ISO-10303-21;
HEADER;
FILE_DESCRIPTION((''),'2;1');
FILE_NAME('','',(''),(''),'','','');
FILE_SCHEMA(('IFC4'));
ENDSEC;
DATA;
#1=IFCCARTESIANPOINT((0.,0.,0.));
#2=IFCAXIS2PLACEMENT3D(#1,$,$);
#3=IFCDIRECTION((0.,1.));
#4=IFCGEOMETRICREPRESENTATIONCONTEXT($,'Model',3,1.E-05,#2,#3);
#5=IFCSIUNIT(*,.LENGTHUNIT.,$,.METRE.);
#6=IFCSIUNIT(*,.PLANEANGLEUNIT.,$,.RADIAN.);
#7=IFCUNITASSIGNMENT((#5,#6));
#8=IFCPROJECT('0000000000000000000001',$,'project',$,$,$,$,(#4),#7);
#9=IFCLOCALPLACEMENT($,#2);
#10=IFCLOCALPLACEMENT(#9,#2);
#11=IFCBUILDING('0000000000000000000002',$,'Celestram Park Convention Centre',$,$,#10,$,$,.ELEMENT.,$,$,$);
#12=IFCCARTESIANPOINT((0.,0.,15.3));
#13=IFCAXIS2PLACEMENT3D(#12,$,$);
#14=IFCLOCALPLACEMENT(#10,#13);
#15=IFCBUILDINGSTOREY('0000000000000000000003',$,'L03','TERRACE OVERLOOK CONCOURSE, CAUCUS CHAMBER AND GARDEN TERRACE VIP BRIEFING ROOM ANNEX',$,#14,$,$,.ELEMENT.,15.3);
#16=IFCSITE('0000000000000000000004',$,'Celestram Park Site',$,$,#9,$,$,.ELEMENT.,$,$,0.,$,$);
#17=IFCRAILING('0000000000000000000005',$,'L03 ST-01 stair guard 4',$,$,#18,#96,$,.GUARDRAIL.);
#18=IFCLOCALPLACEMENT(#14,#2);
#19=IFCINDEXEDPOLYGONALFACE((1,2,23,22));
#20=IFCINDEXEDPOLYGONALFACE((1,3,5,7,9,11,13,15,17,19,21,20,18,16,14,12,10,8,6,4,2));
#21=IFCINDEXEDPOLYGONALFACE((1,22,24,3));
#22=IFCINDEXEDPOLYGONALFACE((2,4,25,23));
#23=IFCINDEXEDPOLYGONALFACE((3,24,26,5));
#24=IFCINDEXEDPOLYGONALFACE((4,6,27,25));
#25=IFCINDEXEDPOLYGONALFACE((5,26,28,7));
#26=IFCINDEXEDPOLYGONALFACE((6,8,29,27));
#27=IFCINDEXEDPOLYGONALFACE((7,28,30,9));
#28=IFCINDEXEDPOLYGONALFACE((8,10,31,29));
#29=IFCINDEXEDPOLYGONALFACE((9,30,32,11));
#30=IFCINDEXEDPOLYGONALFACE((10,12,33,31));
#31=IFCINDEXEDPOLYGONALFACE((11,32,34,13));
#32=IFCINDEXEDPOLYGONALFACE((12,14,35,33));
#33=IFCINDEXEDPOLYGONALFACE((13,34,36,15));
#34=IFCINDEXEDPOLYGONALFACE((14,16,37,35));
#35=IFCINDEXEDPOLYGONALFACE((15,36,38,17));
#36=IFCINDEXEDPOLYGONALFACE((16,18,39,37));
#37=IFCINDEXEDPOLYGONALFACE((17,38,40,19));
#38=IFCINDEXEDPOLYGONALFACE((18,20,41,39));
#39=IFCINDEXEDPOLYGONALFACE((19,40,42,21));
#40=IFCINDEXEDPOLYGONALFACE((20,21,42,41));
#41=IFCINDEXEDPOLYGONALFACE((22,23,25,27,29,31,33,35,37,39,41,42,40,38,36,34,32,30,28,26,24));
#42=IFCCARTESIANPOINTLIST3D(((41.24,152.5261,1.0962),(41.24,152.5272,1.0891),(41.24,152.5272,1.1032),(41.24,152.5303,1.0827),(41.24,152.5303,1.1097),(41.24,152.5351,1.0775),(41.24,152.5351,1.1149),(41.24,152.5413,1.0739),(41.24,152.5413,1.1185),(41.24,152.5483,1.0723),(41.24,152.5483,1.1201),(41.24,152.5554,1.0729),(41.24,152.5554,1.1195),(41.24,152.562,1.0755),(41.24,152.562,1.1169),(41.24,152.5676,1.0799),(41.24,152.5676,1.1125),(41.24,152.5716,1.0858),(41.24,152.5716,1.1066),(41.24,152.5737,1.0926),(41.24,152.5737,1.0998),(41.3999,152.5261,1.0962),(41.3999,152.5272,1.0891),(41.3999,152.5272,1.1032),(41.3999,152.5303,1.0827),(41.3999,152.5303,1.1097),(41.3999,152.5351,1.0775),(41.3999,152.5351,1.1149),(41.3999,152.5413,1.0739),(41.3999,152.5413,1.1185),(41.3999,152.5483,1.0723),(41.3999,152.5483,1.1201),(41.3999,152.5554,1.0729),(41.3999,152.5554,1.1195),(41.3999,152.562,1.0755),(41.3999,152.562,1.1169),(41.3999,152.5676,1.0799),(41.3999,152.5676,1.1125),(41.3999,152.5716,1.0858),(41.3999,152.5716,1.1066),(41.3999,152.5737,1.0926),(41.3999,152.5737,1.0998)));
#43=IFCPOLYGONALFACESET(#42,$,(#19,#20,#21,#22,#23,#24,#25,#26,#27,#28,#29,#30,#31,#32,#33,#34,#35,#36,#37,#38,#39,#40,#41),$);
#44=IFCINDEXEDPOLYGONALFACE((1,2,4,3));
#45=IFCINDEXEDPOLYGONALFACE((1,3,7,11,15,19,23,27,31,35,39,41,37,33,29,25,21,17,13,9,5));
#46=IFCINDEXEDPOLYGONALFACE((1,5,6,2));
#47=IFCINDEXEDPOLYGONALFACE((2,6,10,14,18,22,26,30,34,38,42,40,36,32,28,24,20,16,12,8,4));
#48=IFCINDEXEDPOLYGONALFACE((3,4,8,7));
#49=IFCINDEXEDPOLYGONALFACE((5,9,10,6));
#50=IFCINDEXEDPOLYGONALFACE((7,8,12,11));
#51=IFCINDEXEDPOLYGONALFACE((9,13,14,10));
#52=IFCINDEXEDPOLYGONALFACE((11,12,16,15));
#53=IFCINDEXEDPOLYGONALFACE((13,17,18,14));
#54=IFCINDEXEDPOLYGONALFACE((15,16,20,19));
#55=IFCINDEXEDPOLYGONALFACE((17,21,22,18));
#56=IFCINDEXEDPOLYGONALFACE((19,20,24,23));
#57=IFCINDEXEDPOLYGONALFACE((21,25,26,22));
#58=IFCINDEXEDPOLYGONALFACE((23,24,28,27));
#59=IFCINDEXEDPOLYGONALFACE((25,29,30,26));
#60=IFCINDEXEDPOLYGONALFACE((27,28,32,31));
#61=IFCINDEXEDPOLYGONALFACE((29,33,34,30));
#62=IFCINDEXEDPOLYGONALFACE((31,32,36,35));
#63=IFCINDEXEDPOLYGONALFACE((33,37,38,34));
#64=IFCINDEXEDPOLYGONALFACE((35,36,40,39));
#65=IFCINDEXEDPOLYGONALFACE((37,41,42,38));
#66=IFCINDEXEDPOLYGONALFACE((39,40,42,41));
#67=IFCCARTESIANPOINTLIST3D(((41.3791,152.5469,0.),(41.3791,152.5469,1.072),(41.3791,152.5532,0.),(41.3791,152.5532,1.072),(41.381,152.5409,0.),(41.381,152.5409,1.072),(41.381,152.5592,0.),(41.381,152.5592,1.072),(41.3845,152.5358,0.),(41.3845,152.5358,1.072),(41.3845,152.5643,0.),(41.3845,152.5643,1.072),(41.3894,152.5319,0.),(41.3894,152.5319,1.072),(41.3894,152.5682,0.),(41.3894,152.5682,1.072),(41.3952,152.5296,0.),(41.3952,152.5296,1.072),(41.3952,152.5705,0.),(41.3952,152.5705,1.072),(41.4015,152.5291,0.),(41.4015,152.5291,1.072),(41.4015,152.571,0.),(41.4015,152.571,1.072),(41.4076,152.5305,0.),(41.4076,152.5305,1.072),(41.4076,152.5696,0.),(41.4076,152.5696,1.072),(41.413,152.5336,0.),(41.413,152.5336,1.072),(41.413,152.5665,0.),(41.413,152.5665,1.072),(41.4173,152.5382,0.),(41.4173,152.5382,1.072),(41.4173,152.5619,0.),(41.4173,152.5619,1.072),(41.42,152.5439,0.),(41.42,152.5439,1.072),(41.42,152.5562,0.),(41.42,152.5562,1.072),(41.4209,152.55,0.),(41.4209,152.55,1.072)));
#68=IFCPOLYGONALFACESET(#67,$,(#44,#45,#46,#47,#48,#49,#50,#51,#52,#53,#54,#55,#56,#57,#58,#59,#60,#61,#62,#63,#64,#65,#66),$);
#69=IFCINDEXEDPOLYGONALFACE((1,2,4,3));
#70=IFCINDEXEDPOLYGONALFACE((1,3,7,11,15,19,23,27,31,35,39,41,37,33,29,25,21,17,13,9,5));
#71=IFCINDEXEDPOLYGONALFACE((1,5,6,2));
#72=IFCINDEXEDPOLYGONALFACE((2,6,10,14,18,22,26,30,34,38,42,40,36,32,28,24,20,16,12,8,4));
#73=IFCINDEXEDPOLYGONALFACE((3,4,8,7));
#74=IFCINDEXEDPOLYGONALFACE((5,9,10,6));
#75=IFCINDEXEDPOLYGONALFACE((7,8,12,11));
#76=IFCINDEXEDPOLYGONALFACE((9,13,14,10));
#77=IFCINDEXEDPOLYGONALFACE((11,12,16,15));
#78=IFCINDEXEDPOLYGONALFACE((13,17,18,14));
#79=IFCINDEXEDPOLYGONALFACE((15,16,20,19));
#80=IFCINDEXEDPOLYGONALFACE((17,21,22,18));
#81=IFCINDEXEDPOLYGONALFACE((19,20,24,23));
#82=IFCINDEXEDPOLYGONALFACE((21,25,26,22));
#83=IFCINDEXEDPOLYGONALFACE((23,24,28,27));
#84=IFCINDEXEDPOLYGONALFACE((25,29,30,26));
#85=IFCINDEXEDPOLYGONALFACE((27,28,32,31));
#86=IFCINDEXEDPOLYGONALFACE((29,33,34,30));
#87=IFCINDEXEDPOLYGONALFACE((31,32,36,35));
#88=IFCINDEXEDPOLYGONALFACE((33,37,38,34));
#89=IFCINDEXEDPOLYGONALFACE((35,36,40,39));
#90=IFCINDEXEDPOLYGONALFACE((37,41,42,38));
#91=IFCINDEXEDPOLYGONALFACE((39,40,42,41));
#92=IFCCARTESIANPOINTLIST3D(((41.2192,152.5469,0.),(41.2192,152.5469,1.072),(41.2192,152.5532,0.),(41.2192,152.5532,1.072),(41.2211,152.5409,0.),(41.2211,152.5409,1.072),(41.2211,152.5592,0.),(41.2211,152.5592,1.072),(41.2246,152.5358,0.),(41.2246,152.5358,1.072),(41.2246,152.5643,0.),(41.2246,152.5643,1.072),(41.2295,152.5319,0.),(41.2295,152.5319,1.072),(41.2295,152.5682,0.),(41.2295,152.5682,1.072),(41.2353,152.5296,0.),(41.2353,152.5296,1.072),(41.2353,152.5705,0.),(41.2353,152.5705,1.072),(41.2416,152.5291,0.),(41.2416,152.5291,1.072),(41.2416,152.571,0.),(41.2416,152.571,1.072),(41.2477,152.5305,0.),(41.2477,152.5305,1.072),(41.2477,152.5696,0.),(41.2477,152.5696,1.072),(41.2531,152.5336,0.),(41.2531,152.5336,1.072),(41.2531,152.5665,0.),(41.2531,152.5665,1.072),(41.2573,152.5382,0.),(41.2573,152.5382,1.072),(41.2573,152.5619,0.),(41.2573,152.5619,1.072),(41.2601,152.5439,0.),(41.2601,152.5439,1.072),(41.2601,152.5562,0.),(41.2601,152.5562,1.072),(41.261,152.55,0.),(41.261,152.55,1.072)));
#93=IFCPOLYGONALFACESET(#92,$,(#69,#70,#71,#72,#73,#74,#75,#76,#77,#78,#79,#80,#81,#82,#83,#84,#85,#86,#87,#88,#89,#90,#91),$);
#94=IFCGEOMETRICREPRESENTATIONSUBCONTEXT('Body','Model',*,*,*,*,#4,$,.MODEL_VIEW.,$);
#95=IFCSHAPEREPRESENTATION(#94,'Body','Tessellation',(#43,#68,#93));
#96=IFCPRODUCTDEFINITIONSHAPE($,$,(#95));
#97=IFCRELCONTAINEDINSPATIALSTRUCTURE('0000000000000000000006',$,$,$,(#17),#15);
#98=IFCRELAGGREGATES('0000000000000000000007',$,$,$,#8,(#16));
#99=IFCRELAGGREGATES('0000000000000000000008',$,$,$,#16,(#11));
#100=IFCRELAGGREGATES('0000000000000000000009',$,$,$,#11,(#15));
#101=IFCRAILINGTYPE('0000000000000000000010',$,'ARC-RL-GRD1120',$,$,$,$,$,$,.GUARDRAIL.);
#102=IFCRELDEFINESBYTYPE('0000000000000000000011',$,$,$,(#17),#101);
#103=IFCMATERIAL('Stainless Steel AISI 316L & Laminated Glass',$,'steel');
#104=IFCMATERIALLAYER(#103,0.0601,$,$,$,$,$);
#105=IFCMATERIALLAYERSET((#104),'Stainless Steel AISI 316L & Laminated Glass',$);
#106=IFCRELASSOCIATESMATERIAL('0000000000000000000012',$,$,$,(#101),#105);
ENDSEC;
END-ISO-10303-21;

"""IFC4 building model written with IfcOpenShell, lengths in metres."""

from ifc_helpers import new_model, si_unit, direction, frame, origin, origin_2d, place, context, subcontext, project, spatial, circle, extrude, material, layer, layer_set, type_object, element, save


model = new_model("IFC4")

# Units and contexts
model_context = context("Model", 3, precision=1e-05, world=origin(), true_north=direction((0.0, 1.0)))
body_context = subcontext(model_context, "Body", "Model", "MODEL_VIEW")
ifc_project = project(units=[si_unit("LENGTHUNIT", "METRE"), si_unit("PLANEANGLEUNIT", "RADIAN")], contexts=[model_context])

# Site, building, storey
site_placement = place(None, origin())
site = spatial("IfcSite", under=ifc_project, at=site_placement, Name="Celestram Park Site", CompositionType="ELEMENT", RefElevation=0.0)
building_placement = place(site_placement, origin())
building = spatial("IfcBuilding", under=site, at=building_placement, Name="Celestram Park Convention Centre", CompositionType="ELEMENT")
storey_placement = place(building_placement, frame((0.0, 0.0, 15.3)))
storey = spatial("IfcBuildingStorey", under=building, at=storey_placement, Name="L03", Description="TERRACE OVERLOOK CONCOURSE, CAUCUS CHAMBER AND GARDEN TERRACE VIP BRIEFING ROOM ANNEX", CompositionType="ELEMENT", Elevation=15.3)

# Railing
ifc_material_1 = material(Name="Stainless Steel AISI 316L & Laminated Glass", Category="steel")
ifc_layer_1 = layer(ifc_material_1, 0.0601)
ifc_layer_set_1 = layer_set([ifc_layer_1], Name="Stainless Steel AISI 316L & Laminated Glass")
railing_type_1 = type_object("IfcRailingType", Name="ARC-RL-GRD1120", PredefinedType="GUARDRAIL", material=ifc_layer_set_1)
railing_1_placement = place(storey_placement, frame((41.3999, 152.55, 0.0)))
element("IfcRailing", 1, at=railing_1_placement, inside=storey, type_object=railing_type_1, Name="L03 ST-01 stair guard 4", PredefinedType="GUARDRAIL", context=body_context, shape_type="SweptSolid", body=[
    extrude(circle(Radius=0.0239, at=origin_2d()), frame((0.0, 0.0, 1.0962), z_axis=(-1.0, 0.0, 0.0), x_axis=(0.0, -1.0, 0.0)), (0.0, 0.0, 1.0), 0.1599),
    extrude(circle(Radius=0.021, at=origin_2d()), origin(), (0.0, 0.0, 1.0), 1.072),
    extrude(circle(Radius=0.021, at=origin_2d()), frame((-0.1599, 0.0, 0.0)), (0.0, 0.0, 1.0), 1.072),
])

save(model, "model.ifc")
